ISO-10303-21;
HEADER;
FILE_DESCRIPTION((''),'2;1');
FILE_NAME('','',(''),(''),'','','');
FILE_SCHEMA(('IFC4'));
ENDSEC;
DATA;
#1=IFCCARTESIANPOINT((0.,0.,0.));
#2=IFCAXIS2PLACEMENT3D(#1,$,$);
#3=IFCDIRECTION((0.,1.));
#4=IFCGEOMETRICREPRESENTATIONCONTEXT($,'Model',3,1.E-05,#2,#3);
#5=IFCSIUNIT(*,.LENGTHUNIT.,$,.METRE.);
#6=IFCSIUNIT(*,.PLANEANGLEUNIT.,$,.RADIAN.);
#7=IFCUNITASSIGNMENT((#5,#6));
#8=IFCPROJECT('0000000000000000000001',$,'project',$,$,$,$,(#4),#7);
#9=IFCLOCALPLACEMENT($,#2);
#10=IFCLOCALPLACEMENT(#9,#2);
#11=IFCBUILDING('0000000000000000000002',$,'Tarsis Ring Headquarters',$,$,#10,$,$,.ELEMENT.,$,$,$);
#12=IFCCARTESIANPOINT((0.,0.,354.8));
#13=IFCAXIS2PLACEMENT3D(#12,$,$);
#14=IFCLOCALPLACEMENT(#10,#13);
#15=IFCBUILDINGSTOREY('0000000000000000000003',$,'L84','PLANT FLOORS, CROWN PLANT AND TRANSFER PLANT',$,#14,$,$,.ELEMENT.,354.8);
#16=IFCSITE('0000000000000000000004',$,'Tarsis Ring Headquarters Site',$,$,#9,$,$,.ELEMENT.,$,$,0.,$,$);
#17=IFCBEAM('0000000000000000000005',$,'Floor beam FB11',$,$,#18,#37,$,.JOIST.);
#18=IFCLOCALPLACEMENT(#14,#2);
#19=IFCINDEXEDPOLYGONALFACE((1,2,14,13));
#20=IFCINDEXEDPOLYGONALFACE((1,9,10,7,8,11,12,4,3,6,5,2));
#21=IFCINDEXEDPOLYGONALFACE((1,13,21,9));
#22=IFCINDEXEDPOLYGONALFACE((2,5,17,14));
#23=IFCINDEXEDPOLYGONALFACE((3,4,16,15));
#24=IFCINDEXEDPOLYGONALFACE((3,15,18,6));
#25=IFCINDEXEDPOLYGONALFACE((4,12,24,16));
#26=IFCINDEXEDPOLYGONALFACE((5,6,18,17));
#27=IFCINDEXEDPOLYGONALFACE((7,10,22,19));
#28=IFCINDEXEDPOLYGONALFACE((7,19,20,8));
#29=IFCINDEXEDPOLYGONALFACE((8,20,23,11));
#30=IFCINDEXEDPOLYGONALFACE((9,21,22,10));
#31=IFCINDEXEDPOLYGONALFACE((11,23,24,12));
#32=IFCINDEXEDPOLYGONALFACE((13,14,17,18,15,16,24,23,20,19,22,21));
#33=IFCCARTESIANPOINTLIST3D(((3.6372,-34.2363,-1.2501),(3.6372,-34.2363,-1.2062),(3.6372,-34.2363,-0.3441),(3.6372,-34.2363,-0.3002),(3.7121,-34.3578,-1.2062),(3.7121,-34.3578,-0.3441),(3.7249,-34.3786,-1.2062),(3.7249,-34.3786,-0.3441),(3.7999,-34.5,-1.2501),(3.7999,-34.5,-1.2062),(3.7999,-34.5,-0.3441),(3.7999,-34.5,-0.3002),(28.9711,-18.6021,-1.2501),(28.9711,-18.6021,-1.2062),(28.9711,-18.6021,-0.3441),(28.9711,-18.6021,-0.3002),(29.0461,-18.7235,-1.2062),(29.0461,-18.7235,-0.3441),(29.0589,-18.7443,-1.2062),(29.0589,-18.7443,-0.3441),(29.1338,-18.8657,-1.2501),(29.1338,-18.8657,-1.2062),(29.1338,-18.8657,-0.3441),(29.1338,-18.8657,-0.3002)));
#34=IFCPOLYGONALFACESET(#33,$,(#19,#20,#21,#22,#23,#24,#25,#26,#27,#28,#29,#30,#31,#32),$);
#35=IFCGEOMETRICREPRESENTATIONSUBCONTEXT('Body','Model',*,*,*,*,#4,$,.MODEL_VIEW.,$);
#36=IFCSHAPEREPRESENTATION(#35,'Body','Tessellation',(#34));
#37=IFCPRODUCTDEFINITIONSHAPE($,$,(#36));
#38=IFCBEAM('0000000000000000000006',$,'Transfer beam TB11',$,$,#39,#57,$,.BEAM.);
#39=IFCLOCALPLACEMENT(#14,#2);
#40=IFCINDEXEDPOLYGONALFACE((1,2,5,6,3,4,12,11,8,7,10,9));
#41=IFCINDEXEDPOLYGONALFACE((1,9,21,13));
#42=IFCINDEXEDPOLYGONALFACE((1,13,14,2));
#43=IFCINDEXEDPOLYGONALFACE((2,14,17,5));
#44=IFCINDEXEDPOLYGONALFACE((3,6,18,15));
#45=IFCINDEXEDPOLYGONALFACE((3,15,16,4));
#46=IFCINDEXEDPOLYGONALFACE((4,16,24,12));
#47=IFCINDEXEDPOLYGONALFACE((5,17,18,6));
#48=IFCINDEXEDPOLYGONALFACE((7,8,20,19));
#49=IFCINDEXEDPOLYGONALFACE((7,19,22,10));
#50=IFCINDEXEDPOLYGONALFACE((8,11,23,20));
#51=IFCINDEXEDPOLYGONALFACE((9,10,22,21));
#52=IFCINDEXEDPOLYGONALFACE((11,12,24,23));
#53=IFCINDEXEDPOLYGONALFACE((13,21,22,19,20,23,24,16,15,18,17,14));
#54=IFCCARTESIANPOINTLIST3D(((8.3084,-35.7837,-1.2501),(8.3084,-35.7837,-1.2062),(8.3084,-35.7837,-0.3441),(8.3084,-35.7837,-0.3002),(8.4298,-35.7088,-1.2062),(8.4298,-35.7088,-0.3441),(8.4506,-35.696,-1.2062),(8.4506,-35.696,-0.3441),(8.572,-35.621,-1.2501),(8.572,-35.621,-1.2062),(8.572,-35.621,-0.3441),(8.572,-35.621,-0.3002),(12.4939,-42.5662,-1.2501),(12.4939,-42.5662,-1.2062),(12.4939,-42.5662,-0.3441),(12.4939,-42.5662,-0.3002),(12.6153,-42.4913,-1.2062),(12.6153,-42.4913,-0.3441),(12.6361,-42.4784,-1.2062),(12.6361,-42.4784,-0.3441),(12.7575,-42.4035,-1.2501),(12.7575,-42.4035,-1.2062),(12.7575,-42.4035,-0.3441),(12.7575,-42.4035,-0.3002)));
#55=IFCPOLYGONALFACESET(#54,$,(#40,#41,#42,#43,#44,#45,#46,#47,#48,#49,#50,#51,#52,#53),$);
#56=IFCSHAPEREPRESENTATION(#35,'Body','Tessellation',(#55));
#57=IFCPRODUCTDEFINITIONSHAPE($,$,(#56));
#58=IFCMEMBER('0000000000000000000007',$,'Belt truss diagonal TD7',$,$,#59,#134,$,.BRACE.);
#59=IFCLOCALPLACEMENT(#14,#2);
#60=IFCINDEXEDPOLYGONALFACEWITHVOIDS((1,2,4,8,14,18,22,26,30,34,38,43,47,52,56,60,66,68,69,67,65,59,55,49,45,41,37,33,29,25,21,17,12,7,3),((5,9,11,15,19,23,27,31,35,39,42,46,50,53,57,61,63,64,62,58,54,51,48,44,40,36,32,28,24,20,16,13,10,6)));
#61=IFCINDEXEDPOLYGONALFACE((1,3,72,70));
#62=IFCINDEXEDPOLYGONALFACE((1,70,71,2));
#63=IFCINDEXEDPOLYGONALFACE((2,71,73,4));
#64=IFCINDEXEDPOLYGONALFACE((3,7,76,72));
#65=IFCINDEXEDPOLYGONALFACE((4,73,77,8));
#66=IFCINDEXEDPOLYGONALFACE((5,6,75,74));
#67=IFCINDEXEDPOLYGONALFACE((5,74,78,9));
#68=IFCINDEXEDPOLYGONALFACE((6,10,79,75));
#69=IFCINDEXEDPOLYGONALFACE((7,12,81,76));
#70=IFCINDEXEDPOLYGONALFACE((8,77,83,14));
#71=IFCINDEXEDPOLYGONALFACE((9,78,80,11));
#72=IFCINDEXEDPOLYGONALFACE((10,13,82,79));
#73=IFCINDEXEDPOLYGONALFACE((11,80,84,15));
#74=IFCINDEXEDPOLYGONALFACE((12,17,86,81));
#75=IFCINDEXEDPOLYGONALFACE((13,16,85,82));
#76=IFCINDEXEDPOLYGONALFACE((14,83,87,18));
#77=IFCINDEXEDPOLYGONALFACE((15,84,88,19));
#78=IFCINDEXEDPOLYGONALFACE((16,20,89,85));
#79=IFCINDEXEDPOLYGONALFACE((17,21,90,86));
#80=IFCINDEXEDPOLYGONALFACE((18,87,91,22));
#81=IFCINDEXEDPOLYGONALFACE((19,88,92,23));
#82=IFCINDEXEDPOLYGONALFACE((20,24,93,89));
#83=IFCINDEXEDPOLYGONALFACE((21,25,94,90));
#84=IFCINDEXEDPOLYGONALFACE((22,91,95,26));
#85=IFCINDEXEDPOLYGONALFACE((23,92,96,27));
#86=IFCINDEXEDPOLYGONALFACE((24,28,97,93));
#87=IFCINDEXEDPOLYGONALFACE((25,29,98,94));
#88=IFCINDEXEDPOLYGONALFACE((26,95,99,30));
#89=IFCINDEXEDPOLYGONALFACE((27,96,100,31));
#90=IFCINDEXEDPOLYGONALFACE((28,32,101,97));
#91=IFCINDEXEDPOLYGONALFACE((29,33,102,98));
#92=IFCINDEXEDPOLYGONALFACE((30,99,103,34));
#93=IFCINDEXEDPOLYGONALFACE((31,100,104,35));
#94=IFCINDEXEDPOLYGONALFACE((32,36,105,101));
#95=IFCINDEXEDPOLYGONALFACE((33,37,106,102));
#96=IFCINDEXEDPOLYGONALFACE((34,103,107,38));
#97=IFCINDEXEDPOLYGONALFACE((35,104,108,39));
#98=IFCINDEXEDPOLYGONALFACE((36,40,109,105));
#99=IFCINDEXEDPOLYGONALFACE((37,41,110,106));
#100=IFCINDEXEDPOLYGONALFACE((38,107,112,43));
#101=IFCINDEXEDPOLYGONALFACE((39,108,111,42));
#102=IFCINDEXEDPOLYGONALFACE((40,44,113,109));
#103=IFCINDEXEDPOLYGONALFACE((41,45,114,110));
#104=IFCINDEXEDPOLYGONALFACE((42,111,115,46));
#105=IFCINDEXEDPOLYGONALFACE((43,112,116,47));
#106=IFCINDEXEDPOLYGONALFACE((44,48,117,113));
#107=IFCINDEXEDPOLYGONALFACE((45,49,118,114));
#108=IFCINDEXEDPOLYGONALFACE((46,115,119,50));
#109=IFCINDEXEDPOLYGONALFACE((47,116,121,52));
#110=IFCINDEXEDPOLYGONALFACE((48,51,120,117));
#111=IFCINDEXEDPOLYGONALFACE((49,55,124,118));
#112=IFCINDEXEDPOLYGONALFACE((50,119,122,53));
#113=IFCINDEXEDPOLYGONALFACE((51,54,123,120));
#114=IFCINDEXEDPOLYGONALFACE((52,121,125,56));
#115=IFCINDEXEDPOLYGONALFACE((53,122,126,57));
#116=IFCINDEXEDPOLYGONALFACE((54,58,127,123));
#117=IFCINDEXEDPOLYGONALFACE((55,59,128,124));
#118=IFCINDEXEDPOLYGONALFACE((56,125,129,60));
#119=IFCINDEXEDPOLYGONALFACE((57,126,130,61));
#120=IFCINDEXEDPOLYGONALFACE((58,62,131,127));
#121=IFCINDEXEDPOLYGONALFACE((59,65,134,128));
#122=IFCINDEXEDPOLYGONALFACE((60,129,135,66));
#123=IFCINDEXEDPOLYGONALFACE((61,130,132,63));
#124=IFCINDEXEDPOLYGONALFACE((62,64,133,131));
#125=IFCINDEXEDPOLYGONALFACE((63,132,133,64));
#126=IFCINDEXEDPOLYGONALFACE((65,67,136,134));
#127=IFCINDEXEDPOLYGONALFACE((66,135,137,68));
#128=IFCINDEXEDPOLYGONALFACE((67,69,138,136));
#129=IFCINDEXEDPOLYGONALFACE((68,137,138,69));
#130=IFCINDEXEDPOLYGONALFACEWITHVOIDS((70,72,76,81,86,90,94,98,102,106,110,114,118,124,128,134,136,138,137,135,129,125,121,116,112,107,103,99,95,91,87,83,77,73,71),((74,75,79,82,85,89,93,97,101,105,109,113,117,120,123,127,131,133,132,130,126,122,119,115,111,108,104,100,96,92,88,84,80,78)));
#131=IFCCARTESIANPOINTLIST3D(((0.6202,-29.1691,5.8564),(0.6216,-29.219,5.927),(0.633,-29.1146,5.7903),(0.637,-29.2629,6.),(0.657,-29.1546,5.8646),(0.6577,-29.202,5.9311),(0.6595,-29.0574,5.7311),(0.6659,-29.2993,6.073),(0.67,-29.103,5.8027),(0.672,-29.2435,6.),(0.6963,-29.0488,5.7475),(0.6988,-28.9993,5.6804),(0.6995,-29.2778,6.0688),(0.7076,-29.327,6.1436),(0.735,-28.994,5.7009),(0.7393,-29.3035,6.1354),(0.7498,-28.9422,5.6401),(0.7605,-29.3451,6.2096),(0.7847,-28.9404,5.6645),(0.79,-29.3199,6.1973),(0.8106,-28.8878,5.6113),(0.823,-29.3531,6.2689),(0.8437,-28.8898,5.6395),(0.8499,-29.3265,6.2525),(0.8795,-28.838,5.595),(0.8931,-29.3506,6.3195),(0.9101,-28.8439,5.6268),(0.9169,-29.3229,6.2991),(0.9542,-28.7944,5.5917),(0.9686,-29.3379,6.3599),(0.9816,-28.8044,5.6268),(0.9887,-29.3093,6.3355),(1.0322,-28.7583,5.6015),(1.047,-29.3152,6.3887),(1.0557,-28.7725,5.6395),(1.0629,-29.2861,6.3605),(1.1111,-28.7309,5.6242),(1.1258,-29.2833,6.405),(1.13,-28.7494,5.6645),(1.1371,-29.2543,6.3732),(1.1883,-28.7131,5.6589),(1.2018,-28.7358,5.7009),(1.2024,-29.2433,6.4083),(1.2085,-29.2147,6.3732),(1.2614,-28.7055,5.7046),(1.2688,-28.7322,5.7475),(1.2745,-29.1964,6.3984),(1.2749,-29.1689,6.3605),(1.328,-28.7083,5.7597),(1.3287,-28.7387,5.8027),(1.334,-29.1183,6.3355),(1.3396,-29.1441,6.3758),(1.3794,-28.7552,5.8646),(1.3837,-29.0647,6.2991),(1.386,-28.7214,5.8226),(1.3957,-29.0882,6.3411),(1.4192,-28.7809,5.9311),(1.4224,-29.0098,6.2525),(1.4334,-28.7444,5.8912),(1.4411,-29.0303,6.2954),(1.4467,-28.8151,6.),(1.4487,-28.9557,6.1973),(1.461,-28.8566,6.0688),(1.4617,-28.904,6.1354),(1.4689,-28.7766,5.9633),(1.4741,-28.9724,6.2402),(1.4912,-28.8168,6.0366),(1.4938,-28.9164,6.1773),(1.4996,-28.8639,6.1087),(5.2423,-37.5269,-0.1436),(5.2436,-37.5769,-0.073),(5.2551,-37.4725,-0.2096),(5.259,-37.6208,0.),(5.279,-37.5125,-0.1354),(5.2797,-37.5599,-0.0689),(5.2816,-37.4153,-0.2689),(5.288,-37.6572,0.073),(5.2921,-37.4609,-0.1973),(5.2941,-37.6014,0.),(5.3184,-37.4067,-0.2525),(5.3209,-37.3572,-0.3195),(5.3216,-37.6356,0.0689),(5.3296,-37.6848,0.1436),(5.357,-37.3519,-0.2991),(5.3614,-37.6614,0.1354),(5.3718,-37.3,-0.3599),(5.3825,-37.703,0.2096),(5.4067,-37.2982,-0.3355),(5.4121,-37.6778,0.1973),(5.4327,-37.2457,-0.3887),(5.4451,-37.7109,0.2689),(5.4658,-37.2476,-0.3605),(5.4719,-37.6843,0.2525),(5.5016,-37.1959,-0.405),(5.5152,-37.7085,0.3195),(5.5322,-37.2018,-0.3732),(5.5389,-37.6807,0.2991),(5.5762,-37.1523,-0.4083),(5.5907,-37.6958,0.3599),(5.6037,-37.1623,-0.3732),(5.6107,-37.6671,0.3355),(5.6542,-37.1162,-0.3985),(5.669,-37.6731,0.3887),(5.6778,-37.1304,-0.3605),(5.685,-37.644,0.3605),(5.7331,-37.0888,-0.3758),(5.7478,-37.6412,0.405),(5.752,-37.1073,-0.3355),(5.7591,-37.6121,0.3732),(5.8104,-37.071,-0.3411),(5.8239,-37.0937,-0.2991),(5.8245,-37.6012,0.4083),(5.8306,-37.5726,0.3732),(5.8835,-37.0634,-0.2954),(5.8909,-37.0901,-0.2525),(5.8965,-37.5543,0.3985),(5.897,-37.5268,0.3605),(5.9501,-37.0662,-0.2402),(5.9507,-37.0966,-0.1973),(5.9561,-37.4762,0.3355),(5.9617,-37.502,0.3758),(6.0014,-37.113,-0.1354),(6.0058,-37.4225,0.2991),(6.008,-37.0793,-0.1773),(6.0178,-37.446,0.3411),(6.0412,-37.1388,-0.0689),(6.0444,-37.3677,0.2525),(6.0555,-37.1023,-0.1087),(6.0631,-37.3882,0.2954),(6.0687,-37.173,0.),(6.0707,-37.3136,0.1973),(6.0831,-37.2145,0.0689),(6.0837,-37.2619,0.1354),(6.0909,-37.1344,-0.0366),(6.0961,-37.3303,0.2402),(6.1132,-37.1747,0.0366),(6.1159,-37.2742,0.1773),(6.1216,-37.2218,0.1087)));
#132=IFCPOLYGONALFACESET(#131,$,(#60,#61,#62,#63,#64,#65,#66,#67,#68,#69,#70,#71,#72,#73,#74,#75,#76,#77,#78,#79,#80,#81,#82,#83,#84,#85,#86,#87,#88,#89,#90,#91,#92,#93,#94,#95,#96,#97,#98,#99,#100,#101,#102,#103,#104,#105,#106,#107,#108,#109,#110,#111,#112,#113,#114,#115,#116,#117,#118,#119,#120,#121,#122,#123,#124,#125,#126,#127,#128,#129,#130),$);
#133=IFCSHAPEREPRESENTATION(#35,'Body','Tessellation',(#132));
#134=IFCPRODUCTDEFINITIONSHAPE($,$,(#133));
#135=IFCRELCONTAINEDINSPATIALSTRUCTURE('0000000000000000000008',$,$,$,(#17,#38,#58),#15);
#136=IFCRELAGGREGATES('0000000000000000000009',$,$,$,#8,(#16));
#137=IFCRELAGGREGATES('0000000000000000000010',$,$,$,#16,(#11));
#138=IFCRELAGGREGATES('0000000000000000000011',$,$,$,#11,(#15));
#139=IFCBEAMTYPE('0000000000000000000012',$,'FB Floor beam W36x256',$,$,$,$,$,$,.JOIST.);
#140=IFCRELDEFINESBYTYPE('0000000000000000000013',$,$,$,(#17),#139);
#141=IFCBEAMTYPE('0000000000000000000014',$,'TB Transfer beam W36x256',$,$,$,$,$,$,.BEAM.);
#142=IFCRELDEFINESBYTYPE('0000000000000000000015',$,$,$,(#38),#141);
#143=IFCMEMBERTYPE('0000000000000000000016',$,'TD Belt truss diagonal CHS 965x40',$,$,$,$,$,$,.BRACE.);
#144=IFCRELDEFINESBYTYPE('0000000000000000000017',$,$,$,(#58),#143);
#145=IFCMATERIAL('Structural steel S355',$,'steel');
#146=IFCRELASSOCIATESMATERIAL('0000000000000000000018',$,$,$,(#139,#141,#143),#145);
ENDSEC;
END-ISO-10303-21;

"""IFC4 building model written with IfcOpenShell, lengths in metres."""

from ifc_helpers import new_model, si_unit, direction, frame, origin, origin_2d, place, context, subcontext, project, spatial, hollow_circle, i_section, extrude, material, material_profile, profile_set, type_object, element, save


model = new_model("IFC4")

# Units and contexts
model_context = context("Model", 3, precision=1e-05, world=origin(), true_north=direction((0.0, 1.0)))
body_context = subcontext(model_context, "Body", "Model", "MODEL_VIEW")
ifc_project = project(units=[si_unit("LENGTHUNIT", "METRE"), si_unit("PLANEANGLEUNIT", "RADIAN")], contexts=[model_context])

# Site, building, storey
site_placement = place(None, origin())
site = spatial("IfcSite", under=ifc_project, at=site_placement, Name="Tarsis Ring Headquarters Site", CompositionType="ELEMENT", RefElevation=0.0)
building_placement = place(site_placement, origin())
building = spatial("IfcBuilding", under=site, at=building_placement, Name="Tarsis Ring Headquarters", CompositionType="ELEMENT")
storey_placement = place(building_placement, frame((0.0, 0.0, 354.8)))
storey = spatial("IfcBuildingStorey", under=building, at=storey_placement, Name="L84", Description="PLANT FLOORS, CROWN PLANT AND TRANSFER PLANT", CompositionType="ELEMENT", Elevation=354.8)

# Shared definitions
ifc_material_1 = material(Name="Structural steel S355", Category="steel")
ifc_material_profile_1 = material_profile(ifc_material_1, hollow_circle(Radius=0.4827, WallThickness=0.04, at=origin_2d()), Name="CHS 965x40")
ifc_profile_set_1 = profile_set([ifc_material_profile_1], Name="Structural steel S355")

# Beams
ifc_material_profile_2 = material_profile(ifc_material_1, i_section(OverallWidth=0.3098, OverallDepth=0.95, WebThickness=0.0244, FlangeThickness=0.0439, at=origin_2d()), Name="W36x256")
ifc_profile_set_2 = profile_set([ifc_material_profile_2], Name="Structural steel S355")
beam_type_1 = type_object("IfcBeamType", Name="FB Floor beam W36x256", PredefinedType="JOIST", material=ifc_profile_set_2)
beam_1_placement = place(storey_placement, frame((3.7185, -34.3682, -0.7751), z_axis=(0.850996, 0.525172, 0.0), x_axis=(-0.525172, 0.850996, 0.0)))
element("IfcBeam", 1, at=beam_1_placement, inside=storey, type_object=beam_type_1, Name="Floor beam FB11", PredefinedType="JOIST", context=body_context, shape_type="SweptSolid", body=[
    extrude(i_section(OverallWidth=0.3098, OverallDepth=0.95, WebThickness=0.0244, FlangeThickness=0.0439, at=origin_2d()), origin(), (0.0, 0.0, 1.0), 29.7698),
])
beam_type_2 = type_object("IfcBeamType", Name="TB Transfer beam W36x256", PredefinedType="BEAM", material=ifc_profile_set_2)
beam_2_placement = place(storey_placement, frame((8.4402, -35.7024, -0.7751), z_axis=(0.525163, -0.851001, 0.0), x_axis=(0.851001, 0.525163, 0.0)))
element("IfcBeam", 2, at=beam_2_placement, inside=storey, type_object=beam_type_2, Name="Transfer beam TB11", PredefinedType="BEAM", context=body_context, shape_type="SweptSolid", body=[
    extrude(i_section(OverallWidth=0.3098, OverallDepth=0.95, WebThickness=0.0244, FlangeThickness=0.0439, at=origin_2d()), origin(), (0.0, 0.0, 1.0), 7.97),
])

# Member
member_type = type_object("IfcMemberType", Name="TD Belt truss diagonal CHS 965x40", PredefinedType="BRACE", material=ifc_profile_set_1)
member_1_placement = place(storey_placement, frame((5.6814, -37.3872, 0.0), z_axis=(-0.409791, 0.741008, 0.531957), x_axis=(-0.875099, -0.483945, 0.0)))
element("IfcMember", 3, at=member_1_placement, inside=storey, type_object=member_type, Name="Belt truss diagonal TD7", PredefinedType="BRACE", context=body_context, shape_type="SweptSolid", body=[
    extrude(hollow_circle(Radius=0.4827, WallThickness=0.04, at=origin_2d()), origin(), (0.0, 0.0, 1.0), 11.2791),
])

save(model, "model.ifc")
